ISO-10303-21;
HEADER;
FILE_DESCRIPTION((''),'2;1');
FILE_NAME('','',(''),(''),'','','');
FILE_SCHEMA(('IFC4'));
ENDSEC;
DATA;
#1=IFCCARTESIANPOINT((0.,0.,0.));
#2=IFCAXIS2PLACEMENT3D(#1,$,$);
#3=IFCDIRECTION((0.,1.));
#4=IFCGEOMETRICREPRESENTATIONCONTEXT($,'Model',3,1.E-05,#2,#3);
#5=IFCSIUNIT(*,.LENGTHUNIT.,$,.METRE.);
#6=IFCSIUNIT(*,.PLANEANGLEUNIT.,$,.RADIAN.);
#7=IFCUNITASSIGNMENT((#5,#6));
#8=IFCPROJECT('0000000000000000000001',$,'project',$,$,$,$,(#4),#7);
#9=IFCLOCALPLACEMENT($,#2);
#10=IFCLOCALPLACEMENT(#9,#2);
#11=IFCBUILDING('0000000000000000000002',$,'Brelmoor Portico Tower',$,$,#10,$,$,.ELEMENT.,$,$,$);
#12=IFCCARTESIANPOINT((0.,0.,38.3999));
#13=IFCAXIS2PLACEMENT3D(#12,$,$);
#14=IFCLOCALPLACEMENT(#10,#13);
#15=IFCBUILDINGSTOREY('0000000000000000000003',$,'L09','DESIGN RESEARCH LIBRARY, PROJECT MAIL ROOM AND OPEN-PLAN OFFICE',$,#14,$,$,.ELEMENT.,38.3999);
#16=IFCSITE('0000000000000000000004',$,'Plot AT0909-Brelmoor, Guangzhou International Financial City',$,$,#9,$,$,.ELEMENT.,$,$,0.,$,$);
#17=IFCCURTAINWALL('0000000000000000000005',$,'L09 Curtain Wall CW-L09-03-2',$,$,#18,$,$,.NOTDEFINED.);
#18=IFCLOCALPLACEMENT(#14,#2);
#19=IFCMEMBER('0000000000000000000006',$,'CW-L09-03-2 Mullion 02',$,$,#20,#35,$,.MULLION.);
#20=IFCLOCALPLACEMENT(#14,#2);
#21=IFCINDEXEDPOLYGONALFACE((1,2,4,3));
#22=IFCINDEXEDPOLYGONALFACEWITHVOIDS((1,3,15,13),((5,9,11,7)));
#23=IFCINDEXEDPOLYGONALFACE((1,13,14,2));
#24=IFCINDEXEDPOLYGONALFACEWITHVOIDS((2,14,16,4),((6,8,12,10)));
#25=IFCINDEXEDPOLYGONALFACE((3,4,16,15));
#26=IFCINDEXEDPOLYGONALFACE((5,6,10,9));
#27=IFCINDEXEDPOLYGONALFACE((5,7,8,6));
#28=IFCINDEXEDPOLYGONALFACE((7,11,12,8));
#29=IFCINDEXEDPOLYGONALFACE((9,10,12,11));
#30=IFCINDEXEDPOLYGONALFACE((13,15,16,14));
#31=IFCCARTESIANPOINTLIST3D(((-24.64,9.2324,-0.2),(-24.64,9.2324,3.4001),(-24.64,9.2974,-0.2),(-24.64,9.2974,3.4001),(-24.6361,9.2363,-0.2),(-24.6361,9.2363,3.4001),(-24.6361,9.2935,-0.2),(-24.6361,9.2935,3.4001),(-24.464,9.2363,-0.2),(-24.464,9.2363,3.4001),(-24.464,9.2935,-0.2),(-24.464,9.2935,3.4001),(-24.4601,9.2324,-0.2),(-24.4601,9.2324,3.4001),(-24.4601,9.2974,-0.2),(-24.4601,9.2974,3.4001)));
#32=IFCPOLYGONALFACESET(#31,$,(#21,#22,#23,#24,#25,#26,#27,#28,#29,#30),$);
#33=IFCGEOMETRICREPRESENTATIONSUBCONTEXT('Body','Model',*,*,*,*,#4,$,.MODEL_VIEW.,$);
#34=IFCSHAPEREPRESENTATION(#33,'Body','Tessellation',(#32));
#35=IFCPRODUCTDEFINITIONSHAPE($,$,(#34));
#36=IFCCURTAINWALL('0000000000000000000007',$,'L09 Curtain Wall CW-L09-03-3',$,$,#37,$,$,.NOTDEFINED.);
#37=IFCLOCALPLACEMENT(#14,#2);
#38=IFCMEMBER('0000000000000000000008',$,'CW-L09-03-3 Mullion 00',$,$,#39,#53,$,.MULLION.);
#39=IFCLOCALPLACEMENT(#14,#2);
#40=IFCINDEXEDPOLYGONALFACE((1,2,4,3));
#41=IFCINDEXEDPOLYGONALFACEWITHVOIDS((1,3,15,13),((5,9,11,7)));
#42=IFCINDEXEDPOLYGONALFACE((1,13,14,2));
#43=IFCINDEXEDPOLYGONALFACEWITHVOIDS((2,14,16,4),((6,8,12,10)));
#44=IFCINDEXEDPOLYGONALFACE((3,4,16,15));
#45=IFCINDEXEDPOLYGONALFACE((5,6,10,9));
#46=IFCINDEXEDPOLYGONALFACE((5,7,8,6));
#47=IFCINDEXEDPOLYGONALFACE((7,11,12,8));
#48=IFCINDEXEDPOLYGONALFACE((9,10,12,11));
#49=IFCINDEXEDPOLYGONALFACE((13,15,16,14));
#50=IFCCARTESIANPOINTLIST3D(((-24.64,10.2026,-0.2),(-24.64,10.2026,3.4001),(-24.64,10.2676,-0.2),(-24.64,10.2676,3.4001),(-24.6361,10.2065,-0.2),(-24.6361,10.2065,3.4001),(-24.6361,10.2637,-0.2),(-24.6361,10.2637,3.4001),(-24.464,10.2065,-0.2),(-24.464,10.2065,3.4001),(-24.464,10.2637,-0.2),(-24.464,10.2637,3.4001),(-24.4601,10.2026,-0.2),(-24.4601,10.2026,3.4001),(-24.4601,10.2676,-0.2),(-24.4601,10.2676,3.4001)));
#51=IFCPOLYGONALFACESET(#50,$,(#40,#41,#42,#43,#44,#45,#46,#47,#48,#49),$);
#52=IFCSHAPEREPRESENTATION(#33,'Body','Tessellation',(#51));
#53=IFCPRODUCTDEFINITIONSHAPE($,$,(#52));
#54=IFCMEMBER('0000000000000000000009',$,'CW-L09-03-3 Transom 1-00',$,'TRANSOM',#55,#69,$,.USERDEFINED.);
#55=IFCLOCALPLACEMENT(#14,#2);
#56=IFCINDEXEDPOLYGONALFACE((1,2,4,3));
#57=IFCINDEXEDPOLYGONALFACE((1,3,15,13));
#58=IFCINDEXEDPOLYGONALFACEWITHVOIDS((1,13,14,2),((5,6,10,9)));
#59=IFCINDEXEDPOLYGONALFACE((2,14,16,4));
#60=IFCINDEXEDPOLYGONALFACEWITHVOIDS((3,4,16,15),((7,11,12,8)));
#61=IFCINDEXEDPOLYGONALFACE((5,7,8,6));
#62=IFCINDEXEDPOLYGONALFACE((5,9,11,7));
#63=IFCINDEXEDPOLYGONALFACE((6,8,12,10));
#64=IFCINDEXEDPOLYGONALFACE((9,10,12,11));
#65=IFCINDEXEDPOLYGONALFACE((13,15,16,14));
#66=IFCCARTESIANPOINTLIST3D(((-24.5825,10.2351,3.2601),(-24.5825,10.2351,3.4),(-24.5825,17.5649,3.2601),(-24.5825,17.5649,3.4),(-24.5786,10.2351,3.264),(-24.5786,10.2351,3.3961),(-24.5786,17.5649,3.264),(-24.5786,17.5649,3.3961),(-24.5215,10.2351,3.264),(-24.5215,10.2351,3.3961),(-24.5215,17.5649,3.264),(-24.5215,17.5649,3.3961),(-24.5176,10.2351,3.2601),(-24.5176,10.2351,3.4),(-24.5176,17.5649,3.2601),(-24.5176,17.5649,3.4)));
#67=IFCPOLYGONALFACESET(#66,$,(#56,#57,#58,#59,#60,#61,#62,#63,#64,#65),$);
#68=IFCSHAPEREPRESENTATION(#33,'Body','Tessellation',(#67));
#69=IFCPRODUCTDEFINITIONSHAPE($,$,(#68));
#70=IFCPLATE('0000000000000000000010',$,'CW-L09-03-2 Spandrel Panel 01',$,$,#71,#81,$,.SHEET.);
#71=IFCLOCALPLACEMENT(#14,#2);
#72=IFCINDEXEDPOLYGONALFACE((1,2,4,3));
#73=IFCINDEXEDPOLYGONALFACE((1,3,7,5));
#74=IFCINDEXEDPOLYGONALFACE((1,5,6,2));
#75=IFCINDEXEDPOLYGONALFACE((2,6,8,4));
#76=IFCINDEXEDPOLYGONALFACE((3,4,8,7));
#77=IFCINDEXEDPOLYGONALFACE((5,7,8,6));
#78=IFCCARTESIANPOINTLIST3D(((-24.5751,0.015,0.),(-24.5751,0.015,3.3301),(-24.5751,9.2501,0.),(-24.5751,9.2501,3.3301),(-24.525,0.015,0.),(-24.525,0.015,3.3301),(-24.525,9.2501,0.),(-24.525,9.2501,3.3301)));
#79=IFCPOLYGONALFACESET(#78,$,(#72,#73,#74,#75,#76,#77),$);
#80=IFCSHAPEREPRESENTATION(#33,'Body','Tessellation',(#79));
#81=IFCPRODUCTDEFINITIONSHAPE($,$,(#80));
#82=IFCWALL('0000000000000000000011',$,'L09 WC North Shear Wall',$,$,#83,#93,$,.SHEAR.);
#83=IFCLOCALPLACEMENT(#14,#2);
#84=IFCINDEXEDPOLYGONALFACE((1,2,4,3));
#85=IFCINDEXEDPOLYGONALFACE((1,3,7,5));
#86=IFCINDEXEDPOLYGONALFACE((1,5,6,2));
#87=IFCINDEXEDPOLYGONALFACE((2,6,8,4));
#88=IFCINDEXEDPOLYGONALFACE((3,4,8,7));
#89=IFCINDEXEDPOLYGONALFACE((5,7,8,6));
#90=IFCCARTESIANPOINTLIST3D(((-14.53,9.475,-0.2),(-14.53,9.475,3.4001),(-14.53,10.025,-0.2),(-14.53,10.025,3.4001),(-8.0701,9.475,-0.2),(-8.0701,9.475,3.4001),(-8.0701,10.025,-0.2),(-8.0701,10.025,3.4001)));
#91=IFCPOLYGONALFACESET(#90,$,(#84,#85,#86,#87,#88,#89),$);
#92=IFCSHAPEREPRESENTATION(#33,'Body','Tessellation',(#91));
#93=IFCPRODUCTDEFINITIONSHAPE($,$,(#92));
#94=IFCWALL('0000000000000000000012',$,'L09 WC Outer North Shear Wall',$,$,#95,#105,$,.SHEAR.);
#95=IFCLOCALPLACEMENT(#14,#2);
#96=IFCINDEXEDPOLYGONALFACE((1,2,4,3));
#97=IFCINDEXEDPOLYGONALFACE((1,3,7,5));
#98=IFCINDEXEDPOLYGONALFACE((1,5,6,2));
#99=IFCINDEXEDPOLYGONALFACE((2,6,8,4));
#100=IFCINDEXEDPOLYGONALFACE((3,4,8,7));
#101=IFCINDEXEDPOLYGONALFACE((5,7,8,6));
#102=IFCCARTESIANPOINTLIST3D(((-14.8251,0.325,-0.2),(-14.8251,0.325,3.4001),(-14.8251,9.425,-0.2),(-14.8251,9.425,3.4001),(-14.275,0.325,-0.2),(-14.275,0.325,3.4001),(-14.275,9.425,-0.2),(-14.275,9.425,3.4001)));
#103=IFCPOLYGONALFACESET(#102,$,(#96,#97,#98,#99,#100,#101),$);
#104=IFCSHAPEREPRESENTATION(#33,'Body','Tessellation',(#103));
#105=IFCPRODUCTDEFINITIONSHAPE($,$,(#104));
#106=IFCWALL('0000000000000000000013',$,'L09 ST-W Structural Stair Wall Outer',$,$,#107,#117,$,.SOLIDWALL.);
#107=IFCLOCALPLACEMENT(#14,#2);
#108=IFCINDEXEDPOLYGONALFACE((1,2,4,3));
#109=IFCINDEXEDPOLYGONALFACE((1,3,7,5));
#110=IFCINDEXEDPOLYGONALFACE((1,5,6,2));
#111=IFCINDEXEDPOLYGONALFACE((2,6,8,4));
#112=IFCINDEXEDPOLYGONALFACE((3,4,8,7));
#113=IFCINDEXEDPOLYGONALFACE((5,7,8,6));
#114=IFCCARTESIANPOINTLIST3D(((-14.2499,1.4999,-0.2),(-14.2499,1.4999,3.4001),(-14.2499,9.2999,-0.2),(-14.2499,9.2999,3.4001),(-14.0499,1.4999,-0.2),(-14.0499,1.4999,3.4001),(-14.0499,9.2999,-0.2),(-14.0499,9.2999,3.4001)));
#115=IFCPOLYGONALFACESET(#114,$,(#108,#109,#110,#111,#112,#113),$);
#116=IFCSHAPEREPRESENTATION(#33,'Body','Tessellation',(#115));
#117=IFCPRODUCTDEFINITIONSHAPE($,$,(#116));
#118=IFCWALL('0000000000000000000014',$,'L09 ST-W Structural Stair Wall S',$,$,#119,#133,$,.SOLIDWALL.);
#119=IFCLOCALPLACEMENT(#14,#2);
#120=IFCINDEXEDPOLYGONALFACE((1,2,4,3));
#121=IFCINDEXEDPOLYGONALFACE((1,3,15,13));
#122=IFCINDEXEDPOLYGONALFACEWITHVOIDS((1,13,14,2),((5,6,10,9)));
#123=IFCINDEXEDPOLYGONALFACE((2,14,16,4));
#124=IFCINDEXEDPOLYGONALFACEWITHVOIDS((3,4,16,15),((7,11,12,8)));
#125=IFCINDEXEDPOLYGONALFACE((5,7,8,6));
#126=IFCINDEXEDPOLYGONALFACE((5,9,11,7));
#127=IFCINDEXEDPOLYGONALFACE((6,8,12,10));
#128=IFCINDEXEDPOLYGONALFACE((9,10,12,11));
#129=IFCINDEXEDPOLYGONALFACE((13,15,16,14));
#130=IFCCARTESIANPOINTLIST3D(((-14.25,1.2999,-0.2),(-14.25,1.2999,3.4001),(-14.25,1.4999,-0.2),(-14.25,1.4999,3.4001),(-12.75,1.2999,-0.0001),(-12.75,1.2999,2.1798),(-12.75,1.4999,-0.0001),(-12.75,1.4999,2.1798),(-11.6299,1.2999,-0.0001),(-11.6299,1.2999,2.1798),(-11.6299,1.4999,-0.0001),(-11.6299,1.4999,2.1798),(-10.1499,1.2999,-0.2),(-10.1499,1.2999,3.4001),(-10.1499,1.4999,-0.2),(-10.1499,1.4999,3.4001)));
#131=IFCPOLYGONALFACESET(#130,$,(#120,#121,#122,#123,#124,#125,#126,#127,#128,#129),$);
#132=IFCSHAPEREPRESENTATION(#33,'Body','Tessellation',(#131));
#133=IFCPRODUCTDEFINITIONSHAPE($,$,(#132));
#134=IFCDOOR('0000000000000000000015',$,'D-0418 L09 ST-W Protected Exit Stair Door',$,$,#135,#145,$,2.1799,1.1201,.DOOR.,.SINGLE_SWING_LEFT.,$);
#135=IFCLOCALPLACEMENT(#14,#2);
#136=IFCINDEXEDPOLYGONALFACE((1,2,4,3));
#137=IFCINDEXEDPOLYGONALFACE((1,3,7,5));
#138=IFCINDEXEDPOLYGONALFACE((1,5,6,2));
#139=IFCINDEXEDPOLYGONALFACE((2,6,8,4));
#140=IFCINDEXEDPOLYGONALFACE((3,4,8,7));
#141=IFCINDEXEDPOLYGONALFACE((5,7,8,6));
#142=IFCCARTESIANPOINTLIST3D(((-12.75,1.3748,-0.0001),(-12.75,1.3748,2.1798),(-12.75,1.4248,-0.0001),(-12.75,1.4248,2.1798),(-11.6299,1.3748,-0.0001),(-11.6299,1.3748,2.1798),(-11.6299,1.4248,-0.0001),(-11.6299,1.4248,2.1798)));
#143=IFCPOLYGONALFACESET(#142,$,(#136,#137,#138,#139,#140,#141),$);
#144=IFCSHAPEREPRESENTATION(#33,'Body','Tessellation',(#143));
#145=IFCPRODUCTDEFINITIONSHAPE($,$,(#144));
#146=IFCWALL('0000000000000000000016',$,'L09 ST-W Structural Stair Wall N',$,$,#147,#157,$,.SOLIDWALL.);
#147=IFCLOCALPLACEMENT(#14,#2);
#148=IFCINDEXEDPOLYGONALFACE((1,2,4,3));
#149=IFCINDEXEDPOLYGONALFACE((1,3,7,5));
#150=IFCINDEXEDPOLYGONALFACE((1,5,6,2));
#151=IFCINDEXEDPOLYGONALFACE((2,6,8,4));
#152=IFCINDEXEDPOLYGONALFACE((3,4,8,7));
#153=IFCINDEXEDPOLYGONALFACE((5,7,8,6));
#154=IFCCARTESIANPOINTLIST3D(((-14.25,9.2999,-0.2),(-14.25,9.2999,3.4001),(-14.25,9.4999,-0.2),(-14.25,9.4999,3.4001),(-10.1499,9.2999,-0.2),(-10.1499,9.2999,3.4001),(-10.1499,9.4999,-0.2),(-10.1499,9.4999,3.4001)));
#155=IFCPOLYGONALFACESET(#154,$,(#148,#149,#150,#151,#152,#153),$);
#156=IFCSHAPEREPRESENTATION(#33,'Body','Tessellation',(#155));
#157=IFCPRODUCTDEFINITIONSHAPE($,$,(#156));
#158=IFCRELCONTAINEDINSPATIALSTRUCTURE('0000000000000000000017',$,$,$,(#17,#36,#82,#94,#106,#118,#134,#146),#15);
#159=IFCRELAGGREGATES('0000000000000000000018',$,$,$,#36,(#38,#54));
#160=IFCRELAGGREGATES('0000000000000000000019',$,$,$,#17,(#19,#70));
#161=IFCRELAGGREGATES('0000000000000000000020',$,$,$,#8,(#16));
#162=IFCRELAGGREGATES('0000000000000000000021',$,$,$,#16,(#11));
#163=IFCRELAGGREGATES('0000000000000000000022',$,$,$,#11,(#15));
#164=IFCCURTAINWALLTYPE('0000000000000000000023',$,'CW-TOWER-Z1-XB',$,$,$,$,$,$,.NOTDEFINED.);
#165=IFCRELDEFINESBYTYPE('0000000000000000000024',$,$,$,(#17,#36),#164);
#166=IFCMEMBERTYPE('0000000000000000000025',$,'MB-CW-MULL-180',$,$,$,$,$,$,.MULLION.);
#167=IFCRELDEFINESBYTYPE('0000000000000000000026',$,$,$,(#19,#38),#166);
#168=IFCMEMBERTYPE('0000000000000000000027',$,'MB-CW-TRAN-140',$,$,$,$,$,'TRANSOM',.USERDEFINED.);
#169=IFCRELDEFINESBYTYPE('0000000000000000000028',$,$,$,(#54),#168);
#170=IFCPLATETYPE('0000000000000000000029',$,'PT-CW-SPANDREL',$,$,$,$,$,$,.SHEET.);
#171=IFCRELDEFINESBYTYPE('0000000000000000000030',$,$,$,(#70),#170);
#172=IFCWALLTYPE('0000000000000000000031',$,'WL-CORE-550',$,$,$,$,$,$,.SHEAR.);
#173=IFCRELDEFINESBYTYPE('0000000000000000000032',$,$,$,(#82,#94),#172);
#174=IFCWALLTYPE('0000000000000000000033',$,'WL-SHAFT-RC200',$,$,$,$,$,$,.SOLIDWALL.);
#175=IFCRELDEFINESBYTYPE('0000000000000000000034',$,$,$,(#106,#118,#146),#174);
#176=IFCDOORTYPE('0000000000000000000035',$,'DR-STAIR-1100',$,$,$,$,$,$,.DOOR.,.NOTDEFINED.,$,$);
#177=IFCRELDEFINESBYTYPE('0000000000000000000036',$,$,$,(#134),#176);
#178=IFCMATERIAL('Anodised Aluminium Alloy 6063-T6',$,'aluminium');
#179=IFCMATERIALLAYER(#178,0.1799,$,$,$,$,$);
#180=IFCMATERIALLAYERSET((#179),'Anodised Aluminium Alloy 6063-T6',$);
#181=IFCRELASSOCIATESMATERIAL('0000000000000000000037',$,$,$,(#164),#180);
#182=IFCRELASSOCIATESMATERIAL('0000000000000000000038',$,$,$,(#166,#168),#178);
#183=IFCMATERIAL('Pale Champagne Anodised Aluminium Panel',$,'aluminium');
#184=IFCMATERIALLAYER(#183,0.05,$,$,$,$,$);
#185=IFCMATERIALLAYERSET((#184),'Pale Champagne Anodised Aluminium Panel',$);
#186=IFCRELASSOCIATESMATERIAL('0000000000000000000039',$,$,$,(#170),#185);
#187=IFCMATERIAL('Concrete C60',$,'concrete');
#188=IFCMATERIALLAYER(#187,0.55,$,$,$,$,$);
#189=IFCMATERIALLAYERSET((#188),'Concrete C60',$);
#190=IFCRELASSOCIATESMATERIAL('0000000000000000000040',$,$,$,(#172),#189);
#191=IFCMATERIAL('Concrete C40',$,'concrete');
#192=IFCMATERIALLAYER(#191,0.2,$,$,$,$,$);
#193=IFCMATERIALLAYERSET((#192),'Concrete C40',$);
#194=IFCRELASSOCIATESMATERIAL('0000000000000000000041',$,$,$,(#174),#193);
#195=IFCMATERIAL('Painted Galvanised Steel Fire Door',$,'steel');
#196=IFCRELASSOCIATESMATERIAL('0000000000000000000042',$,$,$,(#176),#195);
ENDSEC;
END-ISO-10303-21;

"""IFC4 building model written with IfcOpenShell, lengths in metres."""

from ifc_helpers import new_model, si_unit, direction, frame, frame_2d, origin, origin_2d, place, context, subcontext, project, spatial, rectangle, hollow_rectangle, extrude, material, layer, layer_set, material_profile, profile_set, type_object, element, fill, aggregate, save


model = new_model("IFC4")

# Units and contexts
model_context = context("Model", 3, precision=1e-05, world=origin(), true_north=direction((0.0, 1.0)))
body_context = subcontext(model_context, "Body", "Model", "MODEL_VIEW")
ifc_project = project(units=[si_unit("LENGTHUNIT", "METRE"), si_unit("PLANEANGLEUNIT", "RADIAN")], contexts=[model_context])

# Site, building, storey
site_placement = place(None, origin())
site = spatial("IfcSite", under=ifc_project, at=site_placement, Name="Plot AT0909-Brelmoor, Guangzhou International Financial City", CompositionType="ELEMENT", RefElevation=0.0)
building_placement = place(site_placement, origin())
building = spatial("IfcBuilding", under=site, at=building_placement, Name="Brelmoor Portico Tower", CompositionType="ELEMENT")
storey_placement = place(building_placement, frame((0.0, 0.0, 38.3999)))
storey = spatial("IfcBuildingStorey", under=building, at=storey_placement, Name="L09", Description="DESIGN RESEARCH LIBRARY, PROJECT MAIL ROOM AND OPEN-PLAN OFFICE", CompositionType="ELEMENT", Elevation=38.3999)

# Curtain wall, member
ifc_material_1 = material(Name="Anodised Aluminium Alloy 6063-T6", Category="aluminium")
ifc_layer_1 = layer(ifc_material_1, 0.1799)
ifc_layer_set_1 = layer_set([ifc_layer_1], Name="Anodised Aluminium Alloy 6063-T6")
curtain_wall_type = type_object("IfcCurtainWallType", Name="CW-TOWER-Z1-XB", PredefinedType="NOTDEFINED", material=ifc_layer_set_1)
curtain_wall_1_placement = place(storey_placement, origin())
curtain_wall_1 = element("IfcCurtainWall", 1, at=curtain_wall_1_placement, inside=storey, type_object=curtain_wall_type, Name="L09 Curtain Wall CW-L09-03-2", PredefinedType="NOTDEFINED")
ifc_material_profile_1 = material_profile(ifc_material_1, hollow_rectangle(XDim=0.0649, YDim=0.1799, WallThickness=0.0039, at=origin_2d()), Name="ALU MULLION 65x180")
ifc_profile_set_1 = profile_set([ifc_material_profile_1], Name="Anodised Aluminium Alloy 6063-T6")
member_type_1 = type_object("IfcMemberType", Name="MB-CW-MULL-180", PredefinedType="MULLION", material=ifc_profile_set_1)
member_1_placement = place(storey_placement, frame((-24.55, 9.2649, -0.2), z_axis=(0.0, 0.0, 1.0), x_axis=(0.0, 1.0, 0.0)))
member_1 = element("IfcMember", 2, at=member_1_placement, type_object=member_type_1, Name="CW-L09-03-2 Mullion 02", PredefinedType="MULLION", context=body_context, shape_type="SweptSolid", body=[
    extrude(hollow_rectangle(XDim=0.0649, YDim=0.1799, WallThickness=0.0039, at=origin_2d()), origin(), (0.0, 0.0, 1.0), 3.6001),
])

# Curtain wall, members
curtain_wall_2_placement = place(storey_placement, origin())
curtain_wall_2 = element("IfcCurtainWall", 3, at=curtain_wall_2_placement, inside=storey, type_object=curtain_wall_type, Name="L09 Curtain Wall CW-L09-03-3", PredefinedType="NOTDEFINED")
member_2_placement = place(storey_placement, frame((-24.55, 10.2351, -0.2), z_axis=(0.0, 0.0, 1.0), x_axis=(0.0, 1.0, 0.0)))
member_2 = element("IfcMember", 4, at=member_2_placement, type_object=member_type_1, Name="CW-L09-03-3 Mullion 00", PredefinedType="MULLION", context=body_context, shape_type="SweptSolid", body=[
    extrude(hollow_rectangle(XDim=0.0649, YDim=0.1799, WallThickness=0.0039, at=origin_2d()), origin(), (0.0, 0.0, 1.0), 3.6001),
])
ifc_material_profile_2 = material_profile(ifc_material_1, hollow_rectangle(XDim=0.0649, YDim=0.1399, WallThickness=0.0039, at=origin_2d()), Name="ALU TRANSOM 65x140")
ifc_profile_set_2 = profile_set([ifc_material_profile_2], Name="Anodised Aluminium Alloy 6063-T6")
member_type_2 = type_object("IfcMemberType", Name="MB-CW-TRAN-140", ElementType="TRANSOM", PredefinedType="USERDEFINED", material=ifc_profile_set_2)
member_3_placement = place(storey_placement, frame((-24.55, 10.2351, 3.3301), z_axis=(0.0, 1.0, 0.0), x_axis=(-1.0, 0.0, 0.0)))
member_3 = element("IfcMember", 5, at=member_3_placement, type_object=member_type_2, Name="CW-L09-03-3 Transom 1-00", ObjectType="TRANSOM", PredefinedType="USERDEFINED", context=body_context, shape_type="SweptSolid", body=[
    extrude(hollow_rectangle(XDim=0.0649, YDim=0.1399, WallThickness=0.0039, at=origin_2d()), origin(), (0.0, 0.0, 1.0), 7.3298),
])
aggregate(curtain_wall_2, [member_2, member_3])

# Plate
ifc_material_2 = material(Name="Pale Champagne Anodised Aluminium Panel", Category="aluminium")
ifc_layer_2 = layer(ifc_material_2, 0.05)
ifc_layer_set_2 = layer_set([ifc_layer_2], Name="Pale Champagne Anodised Aluminium Panel")
plate_type = type_object("IfcPlateType", Name="PT-CW-SPANDREL", PredefinedType="SHEET", material=ifc_layer_set_2)
plate_placement = place(storey_placement, frame((-24.55, 4.6326, 0.0), z_axis=(0.0, 0.0, 1.0), x_axis=(0.0, 1.0, 0.0)))
plate = element("IfcPlate", 6, at=plate_placement, type_object=plate_type, Name="CW-L09-03-2 Spandrel Panel 01", PredefinedType="SHEET", context=body_context, shape_type="SweptSolid", body=[
    extrude(rectangle(XDim=9.2351, YDim=0.05, at=origin_2d()), origin(), (0.0, 0.0, 1.0), 3.3301),
])
aggregate(curtain_wall_1, [member_1, plate])

# Walls
ifc_material_3 = material(Name="Concrete C60", Category="concrete")
ifc_layer_3 = layer(ifc_material_3, 0.55)
ifc_layer_set_3 = layer_set([ifc_layer_3], Name="Concrete C60")
wall_type_1 = type_object("IfcWallType", Name="WL-CORE-550", PredefinedType="SHEAR", material=ifc_layer_set_3)
wall_1_placement = place(storey_placement, frame((-14.53, 9.75, -0.2), z_axis=(0.0, 0.0, 1.0), x_axis=(1.0, 0.0, 0.0)))
element("IfcWall", 7, at=wall_1_placement, inside=storey, type_object=wall_type_1, Name="L09 WC North Shear Wall", PredefinedType="SHEAR", context=body_context, shape_type="SweptSolid", body=[
    extrude(rectangle(XDim=6.46, YDim=0.55, at=frame_2d((3.23, 0.0))), origin(), (0.0, 0.0, 1.0), 3.6001),
])
wall_2_placement = place(storey_placement, frame((-14.55, 0.325, -0.2), z_axis=(0.0, 0.0, 1.0), x_axis=(0.0, 1.0, 0.0)))
element("IfcWall", 8, at=wall_2_placement, inside=storey, type_object=wall_type_1, Name="L09 WC Outer North Shear Wall", PredefinedType="SHEAR", context=body_context, shape_type="SweptSolid", body=[
    extrude(rectangle(XDim=9.1001, YDim=0.55, at=frame_2d((4.55, 0.0))), origin(), (0.0, 0.0, 1.0), 3.6001),
])
ifc_material_4 = material(Name="Concrete C40", Category="concrete")
ifc_layer_4 = layer(ifc_material_4, 0.2)
ifc_layer_set_4 = layer_set([ifc_layer_4], Name="Concrete C40")
wall_type_2 = type_object("IfcWallType", Name="WL-SHAFT-RC200", PredefinedType="SOLIDWALL", material=ifc_layer_set_4)
wall_3_placement = place(storey_placement, frame((-14.1499, 1.5, -0.2), z_axis=(0.0, 0.0, 1.0), x_axis=(0.0, 1.0, 0.0)))
element("IfcWall", 9, at=wall_3_placement, inside=storey, type_object=wall_type_2, Name="L09 ST-W Structural Stair Wall Outer", PredefinedType="SOLIDWALL", context=body_context, shape_type="SweptSolid", body=[
    extrude(rectangle(XDim=7.8, YDim=0.2, at=frame_2d((3.8999, 0.0))), origin(), (0.0, 0.0, 1.0), 3.6001),
])

# Wall, opening, door
wall_4_placement = place(storey_placement, frame((-14.25, 1.3999, -0.2), z_axis=(0.0, 0.0, 1.0), x_axis=(1.0, 0.0, 0.0)))
wall_4 = element("IfcWall", 10, at=wall_4_placement, inside=storey, type_object=wall_type_2, Name="L09 ST-W Structural Stair Wall S", PredefinedType="SOLIDWALL", context=body_context, shape_type="SweptSolid", body=[
    extrude(rectangle(XDim=4.1001, YDim=0.2, at=frame_2d((2.05, 0.0))), origin(), (0.0, 0.0, 1.0), 3.6001),
])
opening_placement = place(wall_4_placement, frame((1.5, 0.0, 0.2)))
opening = element("IfcOpeningElement", 11, at=opening_placement, cuts=wall_4, PredefinedType="OPENING", context=body_context, shape_type="SweptSolid", body=[
    extrude(rectangle(XDim=1.1201, YDim=2.1799, at=frame_2d((0.5601, 1.0898))), frame((0.0, 0.1099, 0.0), z_axis=(0.0, -1.0, 0.0), x_axis=(1.0, 0.0, 0.0)), (0.0, 0.0, 1.0), 0.22),
])
ifc_material_5 = material(Name="Painted Galvanised Steel Fire Door", Category="steel")
door_type = type_object("IfcDoorType", Name="DR-STAIR-1100", OperationType="NOTDEFINED", PredefinedType="DOOR", material=ifc_material_5)
door_placement = place(opening_placement, origin())
door = element("IfcDoor", 12, at=door_placement, inside=storey, type_object=door_type, Name="D-0418 L09 ST-W Protected Exit Stair Door", OperationType="SINGLE_SWING_LEFT", OverallHeight=2.1799, OverallWidth=1.1201, PredefinedType="DOOR", context=body_context, shape_type="SweptSolid", body=[
    extrude(rectangle(XDim=1.1201, YDim=2.1799, at=frame_2d((0.5601, 1.0898))), frame((0.0, 0.0249, 0.0), z_axis=(0.0, -1.0, 0.0), x_axis=(1.0, 0.0, 0.0)), (0.0, 0.0, 1.0), 0.05),
])
fill(opening, door)

# Wall
wall_5_placement = place(storey_placement, frame((-14.25, 9.3999, -0.2), z_axis=(0.0, 0.0, 1.0), x_axis=(1.0, 0.0, 0.0)))
element("IfcWall", 13, at=wall_5_placement, inside=storey, type_object=wall_type_2, Name="L09 ST-W Structural Stair Wall N", PredefinedType="SOLIDWALL", context=body_context, shape_type="SweptSolid", body=[
    extrude(rectangle(XDim=4.1001, YDim=0.2, at=frame_2d((2.05, 0.0))), origin(), (0.0, 0.0, 1.0), 3.6001),
])

save(model, "model.ifc")
